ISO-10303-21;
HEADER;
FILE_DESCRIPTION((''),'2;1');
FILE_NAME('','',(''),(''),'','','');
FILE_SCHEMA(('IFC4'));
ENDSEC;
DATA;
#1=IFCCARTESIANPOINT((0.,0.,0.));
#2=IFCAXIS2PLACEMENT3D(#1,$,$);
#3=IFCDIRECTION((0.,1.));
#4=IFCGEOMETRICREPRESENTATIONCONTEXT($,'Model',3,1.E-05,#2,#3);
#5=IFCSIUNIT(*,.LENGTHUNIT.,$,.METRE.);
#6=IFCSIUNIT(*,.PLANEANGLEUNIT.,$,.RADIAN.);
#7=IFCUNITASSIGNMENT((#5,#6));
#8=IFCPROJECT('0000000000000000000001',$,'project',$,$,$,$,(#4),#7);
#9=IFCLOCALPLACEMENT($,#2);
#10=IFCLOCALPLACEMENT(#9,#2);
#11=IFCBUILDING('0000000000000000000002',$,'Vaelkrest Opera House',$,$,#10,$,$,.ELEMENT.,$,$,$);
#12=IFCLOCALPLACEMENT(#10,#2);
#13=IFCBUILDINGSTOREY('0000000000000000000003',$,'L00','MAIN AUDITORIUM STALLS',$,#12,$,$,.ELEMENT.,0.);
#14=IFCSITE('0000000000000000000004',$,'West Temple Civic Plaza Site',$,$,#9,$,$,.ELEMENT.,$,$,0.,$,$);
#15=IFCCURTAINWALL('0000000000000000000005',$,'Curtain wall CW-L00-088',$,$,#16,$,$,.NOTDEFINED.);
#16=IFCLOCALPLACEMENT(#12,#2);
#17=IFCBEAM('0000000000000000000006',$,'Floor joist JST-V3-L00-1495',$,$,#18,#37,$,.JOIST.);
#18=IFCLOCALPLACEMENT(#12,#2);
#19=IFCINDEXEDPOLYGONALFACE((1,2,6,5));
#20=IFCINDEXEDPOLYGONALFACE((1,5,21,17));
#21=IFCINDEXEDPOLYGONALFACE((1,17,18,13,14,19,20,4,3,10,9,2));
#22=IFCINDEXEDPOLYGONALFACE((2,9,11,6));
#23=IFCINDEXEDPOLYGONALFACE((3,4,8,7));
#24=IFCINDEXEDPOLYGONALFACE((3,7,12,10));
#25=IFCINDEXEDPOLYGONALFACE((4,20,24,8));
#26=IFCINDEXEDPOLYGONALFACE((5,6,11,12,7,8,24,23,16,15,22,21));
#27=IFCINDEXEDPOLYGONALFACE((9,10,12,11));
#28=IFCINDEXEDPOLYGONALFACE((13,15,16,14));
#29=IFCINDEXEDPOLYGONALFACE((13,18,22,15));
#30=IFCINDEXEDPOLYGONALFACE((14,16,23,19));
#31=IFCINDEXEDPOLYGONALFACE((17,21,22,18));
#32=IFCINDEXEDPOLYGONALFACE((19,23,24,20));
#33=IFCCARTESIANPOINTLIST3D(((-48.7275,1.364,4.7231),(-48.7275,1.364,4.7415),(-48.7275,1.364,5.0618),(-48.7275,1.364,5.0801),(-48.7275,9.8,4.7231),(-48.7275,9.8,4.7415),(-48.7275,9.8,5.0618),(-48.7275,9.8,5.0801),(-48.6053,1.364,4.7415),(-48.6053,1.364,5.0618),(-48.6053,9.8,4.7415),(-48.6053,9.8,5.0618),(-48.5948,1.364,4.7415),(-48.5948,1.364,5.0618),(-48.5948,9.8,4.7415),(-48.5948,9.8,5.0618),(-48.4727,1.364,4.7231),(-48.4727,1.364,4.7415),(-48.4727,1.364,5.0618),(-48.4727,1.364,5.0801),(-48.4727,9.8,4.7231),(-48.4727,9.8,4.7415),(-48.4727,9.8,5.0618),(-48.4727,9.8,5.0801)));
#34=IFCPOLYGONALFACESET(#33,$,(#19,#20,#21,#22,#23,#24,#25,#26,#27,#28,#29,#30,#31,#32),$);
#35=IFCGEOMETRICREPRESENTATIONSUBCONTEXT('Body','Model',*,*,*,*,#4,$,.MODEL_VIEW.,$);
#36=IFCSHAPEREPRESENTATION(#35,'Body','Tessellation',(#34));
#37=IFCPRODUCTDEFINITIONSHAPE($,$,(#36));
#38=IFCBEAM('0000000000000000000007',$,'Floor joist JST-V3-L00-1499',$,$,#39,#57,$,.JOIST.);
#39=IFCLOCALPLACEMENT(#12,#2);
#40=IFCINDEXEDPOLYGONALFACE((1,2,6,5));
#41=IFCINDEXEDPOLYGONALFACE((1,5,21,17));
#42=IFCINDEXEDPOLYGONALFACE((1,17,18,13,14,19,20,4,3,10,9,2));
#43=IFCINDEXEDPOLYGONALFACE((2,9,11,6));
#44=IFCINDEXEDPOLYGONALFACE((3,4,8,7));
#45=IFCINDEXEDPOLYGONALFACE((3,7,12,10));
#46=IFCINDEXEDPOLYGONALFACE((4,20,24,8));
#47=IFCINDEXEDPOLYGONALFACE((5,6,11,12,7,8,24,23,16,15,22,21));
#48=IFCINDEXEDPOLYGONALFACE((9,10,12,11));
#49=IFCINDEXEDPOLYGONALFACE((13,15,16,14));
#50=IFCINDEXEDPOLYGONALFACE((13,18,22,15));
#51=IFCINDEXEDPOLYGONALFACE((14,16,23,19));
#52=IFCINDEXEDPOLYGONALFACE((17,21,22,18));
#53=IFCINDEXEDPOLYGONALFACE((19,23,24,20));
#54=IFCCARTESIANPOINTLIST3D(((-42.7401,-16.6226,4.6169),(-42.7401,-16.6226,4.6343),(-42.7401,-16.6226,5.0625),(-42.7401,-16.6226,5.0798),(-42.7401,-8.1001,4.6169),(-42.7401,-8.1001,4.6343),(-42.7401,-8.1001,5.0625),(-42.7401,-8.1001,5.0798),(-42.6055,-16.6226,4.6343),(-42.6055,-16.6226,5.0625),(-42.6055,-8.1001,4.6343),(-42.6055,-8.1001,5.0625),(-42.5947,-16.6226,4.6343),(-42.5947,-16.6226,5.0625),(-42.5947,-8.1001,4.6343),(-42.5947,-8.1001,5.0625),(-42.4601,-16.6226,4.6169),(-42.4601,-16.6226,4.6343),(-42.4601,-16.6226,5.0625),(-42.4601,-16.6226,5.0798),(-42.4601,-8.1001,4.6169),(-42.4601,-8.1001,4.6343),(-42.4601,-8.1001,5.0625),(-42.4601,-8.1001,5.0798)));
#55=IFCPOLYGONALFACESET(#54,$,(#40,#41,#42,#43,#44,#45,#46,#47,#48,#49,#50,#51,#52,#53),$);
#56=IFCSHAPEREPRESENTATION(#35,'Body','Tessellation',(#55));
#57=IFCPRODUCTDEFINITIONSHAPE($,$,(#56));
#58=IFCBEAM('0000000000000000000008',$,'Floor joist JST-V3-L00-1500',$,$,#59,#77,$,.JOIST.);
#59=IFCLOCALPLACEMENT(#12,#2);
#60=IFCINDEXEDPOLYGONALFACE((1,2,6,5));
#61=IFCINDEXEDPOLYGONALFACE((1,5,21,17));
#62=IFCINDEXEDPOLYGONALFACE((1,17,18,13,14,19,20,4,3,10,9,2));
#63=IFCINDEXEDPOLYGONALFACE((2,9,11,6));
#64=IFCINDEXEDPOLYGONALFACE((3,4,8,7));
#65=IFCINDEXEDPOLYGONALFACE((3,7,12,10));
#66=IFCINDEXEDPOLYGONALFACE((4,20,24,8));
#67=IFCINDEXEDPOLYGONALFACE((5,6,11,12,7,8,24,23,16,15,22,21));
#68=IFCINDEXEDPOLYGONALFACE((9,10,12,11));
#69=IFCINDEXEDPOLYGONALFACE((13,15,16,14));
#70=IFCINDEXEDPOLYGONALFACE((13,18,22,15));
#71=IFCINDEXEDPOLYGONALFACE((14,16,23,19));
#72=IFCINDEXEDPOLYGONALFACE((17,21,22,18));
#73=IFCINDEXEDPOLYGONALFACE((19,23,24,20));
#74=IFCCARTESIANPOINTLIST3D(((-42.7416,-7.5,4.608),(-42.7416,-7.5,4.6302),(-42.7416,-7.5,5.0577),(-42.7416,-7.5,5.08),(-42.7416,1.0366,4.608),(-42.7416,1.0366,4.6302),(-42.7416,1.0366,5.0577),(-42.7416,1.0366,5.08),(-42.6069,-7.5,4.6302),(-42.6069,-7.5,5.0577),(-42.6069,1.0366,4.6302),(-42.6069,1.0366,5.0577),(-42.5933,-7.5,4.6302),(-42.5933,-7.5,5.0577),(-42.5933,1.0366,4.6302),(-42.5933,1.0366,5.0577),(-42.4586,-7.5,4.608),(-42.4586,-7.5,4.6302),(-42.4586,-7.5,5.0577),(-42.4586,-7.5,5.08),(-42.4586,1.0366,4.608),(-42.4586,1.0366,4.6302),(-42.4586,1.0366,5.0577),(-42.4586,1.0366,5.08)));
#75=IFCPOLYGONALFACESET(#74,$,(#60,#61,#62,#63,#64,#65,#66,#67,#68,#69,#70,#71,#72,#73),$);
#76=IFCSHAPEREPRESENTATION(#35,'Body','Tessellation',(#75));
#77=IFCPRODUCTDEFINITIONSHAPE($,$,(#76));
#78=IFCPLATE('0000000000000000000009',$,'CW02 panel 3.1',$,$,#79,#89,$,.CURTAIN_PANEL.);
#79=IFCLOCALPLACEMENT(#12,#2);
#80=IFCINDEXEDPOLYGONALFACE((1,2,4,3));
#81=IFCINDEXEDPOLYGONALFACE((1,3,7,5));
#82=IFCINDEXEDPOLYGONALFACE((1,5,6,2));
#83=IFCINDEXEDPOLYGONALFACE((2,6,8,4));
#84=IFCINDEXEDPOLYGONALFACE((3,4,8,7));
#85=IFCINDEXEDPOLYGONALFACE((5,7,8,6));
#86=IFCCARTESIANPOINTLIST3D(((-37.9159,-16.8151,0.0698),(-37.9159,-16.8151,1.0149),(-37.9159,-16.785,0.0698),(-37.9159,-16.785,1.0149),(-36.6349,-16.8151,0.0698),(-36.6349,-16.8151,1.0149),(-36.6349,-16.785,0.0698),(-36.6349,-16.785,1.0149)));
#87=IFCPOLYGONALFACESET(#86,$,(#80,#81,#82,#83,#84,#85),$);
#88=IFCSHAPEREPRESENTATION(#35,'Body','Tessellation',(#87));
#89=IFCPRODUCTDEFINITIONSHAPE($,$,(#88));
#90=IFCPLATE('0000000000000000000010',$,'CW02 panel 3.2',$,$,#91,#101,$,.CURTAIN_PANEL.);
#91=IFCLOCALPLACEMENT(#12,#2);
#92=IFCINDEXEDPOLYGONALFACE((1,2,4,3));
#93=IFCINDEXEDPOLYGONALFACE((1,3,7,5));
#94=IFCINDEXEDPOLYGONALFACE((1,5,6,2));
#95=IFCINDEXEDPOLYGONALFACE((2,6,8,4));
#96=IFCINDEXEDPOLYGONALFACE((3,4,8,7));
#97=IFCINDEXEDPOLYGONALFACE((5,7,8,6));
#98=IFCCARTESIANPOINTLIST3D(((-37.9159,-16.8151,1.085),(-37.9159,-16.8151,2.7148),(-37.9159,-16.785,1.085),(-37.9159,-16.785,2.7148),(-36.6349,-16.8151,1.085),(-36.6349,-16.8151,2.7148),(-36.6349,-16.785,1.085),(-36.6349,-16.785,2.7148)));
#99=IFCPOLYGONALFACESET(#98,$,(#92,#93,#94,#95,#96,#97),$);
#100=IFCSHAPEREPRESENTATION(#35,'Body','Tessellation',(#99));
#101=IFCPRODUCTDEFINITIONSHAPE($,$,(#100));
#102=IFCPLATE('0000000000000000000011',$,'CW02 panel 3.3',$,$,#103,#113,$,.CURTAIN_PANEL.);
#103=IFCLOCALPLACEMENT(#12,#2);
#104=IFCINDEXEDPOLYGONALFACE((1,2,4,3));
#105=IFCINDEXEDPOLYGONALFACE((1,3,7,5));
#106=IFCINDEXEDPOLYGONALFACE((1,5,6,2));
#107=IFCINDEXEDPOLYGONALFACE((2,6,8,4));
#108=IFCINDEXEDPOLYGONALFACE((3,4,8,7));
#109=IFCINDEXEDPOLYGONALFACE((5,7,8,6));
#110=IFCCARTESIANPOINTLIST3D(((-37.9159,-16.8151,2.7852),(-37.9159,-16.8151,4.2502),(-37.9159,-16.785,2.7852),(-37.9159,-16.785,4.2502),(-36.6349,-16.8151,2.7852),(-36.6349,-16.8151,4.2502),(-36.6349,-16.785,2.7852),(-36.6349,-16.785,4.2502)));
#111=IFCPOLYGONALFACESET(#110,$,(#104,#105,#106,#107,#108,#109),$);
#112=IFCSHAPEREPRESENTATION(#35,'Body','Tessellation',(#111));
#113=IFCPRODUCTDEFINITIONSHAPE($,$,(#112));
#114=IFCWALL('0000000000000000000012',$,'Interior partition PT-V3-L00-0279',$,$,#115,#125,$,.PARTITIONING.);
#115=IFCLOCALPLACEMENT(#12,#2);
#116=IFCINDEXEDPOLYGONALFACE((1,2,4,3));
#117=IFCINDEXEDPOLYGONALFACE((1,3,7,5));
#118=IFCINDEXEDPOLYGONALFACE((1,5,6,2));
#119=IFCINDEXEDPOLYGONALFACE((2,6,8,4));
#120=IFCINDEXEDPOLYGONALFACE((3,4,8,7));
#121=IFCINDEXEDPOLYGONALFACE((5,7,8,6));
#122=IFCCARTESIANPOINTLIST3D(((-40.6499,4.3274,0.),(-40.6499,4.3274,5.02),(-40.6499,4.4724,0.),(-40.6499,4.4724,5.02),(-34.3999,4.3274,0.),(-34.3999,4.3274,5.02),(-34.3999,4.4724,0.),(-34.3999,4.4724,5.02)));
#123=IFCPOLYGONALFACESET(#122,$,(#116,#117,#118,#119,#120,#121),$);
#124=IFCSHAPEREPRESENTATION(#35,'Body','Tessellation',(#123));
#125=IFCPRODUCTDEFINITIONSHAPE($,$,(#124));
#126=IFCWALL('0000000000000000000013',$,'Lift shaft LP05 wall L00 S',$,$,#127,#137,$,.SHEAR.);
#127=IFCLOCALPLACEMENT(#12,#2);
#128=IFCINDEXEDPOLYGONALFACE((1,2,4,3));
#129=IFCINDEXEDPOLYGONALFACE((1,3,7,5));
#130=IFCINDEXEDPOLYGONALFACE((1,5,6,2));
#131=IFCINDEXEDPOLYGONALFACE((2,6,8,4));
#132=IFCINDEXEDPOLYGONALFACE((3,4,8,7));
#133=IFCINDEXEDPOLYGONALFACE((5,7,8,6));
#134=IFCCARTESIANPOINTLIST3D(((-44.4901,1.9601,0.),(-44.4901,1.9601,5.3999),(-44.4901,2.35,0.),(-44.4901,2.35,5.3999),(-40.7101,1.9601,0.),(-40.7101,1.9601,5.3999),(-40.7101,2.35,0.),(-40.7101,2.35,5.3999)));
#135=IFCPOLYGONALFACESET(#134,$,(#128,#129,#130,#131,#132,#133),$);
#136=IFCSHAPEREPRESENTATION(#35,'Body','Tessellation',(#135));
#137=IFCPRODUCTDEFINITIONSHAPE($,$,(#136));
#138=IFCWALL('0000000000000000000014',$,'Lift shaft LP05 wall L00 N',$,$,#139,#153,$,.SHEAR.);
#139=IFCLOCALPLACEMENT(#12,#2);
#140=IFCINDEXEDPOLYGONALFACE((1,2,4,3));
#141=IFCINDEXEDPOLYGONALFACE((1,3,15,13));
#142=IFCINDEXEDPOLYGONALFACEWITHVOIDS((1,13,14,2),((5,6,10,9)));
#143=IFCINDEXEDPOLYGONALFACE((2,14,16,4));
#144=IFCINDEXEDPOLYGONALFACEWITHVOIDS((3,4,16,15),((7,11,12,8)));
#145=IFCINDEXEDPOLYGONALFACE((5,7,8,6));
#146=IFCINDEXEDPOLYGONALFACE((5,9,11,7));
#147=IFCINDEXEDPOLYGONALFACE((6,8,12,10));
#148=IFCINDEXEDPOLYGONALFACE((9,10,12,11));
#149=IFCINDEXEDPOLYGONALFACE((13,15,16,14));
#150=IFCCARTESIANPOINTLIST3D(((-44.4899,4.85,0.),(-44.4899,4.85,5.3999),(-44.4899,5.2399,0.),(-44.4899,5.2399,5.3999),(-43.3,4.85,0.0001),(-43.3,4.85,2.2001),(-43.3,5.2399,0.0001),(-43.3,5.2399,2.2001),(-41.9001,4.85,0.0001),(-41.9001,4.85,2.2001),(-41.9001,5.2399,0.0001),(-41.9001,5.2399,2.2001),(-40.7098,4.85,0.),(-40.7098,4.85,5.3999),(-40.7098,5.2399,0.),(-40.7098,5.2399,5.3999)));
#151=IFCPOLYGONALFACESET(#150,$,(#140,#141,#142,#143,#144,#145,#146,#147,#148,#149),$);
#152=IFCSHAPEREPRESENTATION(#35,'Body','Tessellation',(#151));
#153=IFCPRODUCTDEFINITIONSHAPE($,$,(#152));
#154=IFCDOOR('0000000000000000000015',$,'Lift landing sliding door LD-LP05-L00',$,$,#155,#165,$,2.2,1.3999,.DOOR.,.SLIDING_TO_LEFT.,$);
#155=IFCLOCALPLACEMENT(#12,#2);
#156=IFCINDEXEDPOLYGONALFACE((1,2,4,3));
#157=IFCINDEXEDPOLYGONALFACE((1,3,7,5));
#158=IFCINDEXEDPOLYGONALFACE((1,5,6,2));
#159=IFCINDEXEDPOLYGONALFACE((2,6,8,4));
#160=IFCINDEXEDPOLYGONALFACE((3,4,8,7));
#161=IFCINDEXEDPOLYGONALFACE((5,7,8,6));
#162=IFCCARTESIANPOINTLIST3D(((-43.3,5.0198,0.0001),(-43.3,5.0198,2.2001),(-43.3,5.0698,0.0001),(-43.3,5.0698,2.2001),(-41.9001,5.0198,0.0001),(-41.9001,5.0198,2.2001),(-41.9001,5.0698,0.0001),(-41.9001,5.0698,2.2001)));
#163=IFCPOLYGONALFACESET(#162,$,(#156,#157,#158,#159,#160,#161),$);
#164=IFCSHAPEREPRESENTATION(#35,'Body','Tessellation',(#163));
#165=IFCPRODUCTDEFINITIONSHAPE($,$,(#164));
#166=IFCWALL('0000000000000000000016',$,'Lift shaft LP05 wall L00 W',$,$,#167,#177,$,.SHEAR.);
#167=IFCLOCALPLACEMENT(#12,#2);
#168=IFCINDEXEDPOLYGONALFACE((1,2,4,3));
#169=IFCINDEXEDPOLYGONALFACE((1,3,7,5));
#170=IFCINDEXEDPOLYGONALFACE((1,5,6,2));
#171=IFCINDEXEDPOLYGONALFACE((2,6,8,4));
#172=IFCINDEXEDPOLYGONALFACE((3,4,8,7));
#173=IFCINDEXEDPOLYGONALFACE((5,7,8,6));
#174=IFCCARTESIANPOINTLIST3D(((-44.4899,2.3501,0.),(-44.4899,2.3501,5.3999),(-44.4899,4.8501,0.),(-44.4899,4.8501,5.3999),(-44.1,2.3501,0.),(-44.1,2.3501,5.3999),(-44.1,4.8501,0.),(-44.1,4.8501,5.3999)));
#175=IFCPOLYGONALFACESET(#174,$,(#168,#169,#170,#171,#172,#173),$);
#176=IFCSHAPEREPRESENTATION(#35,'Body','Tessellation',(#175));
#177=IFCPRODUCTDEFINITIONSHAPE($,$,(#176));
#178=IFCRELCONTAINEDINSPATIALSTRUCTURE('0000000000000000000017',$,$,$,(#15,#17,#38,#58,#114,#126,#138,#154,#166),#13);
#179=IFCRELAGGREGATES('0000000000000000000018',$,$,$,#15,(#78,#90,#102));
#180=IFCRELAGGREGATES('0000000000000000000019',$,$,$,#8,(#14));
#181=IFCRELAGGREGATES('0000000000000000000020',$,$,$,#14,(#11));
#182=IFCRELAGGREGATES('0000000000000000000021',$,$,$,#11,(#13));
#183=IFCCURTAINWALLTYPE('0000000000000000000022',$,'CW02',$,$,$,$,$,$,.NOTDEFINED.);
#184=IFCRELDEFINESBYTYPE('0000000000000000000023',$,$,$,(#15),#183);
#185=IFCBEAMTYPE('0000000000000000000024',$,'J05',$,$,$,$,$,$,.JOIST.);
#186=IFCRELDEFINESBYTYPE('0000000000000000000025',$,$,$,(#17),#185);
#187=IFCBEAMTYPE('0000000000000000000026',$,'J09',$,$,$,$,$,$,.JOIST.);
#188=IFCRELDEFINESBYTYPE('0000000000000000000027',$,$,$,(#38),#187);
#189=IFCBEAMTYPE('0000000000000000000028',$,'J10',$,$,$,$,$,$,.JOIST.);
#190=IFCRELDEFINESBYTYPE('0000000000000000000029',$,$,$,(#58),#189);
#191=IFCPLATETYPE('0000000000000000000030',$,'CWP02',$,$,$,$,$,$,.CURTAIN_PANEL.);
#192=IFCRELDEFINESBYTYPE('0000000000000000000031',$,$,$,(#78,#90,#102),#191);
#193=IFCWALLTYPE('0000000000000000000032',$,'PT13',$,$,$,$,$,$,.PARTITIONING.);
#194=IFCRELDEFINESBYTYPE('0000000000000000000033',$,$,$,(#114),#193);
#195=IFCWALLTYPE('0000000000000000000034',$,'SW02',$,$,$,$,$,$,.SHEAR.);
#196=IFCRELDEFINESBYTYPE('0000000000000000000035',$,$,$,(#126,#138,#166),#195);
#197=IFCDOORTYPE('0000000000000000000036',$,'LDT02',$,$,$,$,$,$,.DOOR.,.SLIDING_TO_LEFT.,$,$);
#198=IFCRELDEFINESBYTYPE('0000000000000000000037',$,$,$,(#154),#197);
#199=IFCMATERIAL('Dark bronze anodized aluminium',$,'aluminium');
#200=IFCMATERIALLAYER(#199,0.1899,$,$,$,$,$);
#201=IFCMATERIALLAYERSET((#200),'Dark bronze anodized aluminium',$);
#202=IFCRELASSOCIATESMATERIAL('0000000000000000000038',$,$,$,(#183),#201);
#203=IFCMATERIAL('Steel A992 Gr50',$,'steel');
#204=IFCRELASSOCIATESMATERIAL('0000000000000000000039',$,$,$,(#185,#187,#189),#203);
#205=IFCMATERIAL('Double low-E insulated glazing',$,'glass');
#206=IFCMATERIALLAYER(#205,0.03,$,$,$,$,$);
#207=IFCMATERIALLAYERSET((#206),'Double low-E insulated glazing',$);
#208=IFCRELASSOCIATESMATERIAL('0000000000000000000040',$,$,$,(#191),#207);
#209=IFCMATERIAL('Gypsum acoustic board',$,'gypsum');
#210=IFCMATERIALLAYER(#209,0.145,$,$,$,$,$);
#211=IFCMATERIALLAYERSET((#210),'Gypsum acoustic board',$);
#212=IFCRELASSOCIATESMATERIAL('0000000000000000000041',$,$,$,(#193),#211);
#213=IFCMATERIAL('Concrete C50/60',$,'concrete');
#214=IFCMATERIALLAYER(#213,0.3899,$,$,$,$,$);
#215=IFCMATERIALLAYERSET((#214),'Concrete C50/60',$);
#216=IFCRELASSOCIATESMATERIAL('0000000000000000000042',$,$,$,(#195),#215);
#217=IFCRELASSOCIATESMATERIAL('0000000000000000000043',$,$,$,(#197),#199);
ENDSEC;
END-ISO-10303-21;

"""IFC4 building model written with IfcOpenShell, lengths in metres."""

from ifc_helpers import new_model, si_unit, direction, frame, frame_2d, origin, origin_2d, place, context, subcontext, project, spatial, rectangle, i_section, extrude, material, layer, layer_set, material_profile, profile_set, type_object, element, fill, aggregate, save


model = new_model("IFC4")

# Units and contexts
model_context = context("Model", 3, precision=1e-05, world=origin(), true_north=direction((0.0, 1.0)))
body_context = subcontext(model_context, "Body", "Model", "MODEL_VIEW")
ifc_project = project(units=[si_unit("LENGTHUNIT", "METRE"), si_unit("PLANEANGLEUNIT", "RADIAN")], contexts=[model_context])

# Site, building, storey
site_placement = place(None, origin())
site = spatial("IfcSite", under=ifc_project, at=site_placement, Name="West Temple Civic Plaza Site", CompositionType="ELEMENT", RefElevation=0.0)
building_placement = place(site_placement, origin())
building = spatial("IfcBuilding", under=site, at=building_placement, Name="Vaelkrest Opera House", CompositionType="ELEMENT")
storey_placement = place(building_placement, origin())
storey = spatial("IfcBuildingStorey", under=building, at=storey_placement, Name="L00", Description="MAIN AUDITORIUM STALLS", CompositionType="ELEMENT", Elevation=0.0)

# Shared definitions
ifc_material_1 = material(Name="Concrete C50/60", Category="concrete")

# Shared definitions
ifc_material_2 = material(Name="Steel A992 Gr50", Category="steel")

# Curtain wall
ifc_material_3 = material(Name="Dark bronze anodized aluminium", Category="aluminium")
ifc_layer_1 = layer(ifc_material_3, 0.1899)
ifc_layer_set_1 = layer_set([ifc_layer_1], Name="Dark bronze anodized aluminium")
curtain_wall_type = type_object("IfcCurtainWallType", Name="CW02", PredefinedType="NOTDEFINED", material=ifc_layer_set_1)
curtain_wall_placement = place(storey_placement, origin())
curtain_wall = element("IfcCurtainWall", 1, at=curtain_wall_placement, inside=storey, type_object=curtain_wall_type, Name="Curtain wall CW-L00-088", PredefinedType="NOTDEFINED")

# Beams
ifc_material_profile_1 = material_profile(ifc_material_2, i_section(OverallWidth=0.2549, OverallDepth=0.3569, WebThickness=0.0105, FlangeThickness=0.0183, at=origin_2d()), Name="W14X68")
ifc_profile_set_1 = profile_set([ifc_material_profile_1], Name="Steel A992 Gr50")
beam_type_1 = type_object("IfcBeamType", Name="J05", PredefinedType="JOIST", material=ifc_profile_set_1)
beam_1_placement = place(storey_placement, frame((-48.6001, 1.364, 4.9016), z_axis=(0.0, 1.0, 0.0), x_axis=(-1.0, 0.0, 0.0)))
element("IfcBeam", 2, at=beam_1_placement, inside=storey, type_object=beam_type_1, Name="Floor joist JST-V3-L00-1495", PredefinedType="JOIST", context=body_context, shape_type="SweptSolid", body=[
    extrude(i_section(OverallWidth=0.2549, OverallDepth=0.3569, WebThickness=0.0105, FlangeThickness=0.0183, at=origin_2d()), origin(), (0.0, 0.0, 1.0), 8.436),
])
ifc_material_profile_2 = material_profile(ifc_material_2, i_section(OverallWidth=0.28, OverallDepth=0.4629, WebThickness=0.0107, FlangeThickness=0.0173, at=origin_2d()), Name="W18X76")
ifc_profile_set_2 = profile_set([ifc_material_profile_2], Name="Steel A992 Gr50")
beam_type_2 = type_object("IfcBeamType", Name="J09", PredefinedType="JOIST", material=ifc_profile_set_2)
beam_2_placement = place(storey_placement, frame((-42.6001, -16.6226, 4.8484), z_axis=(0.0, 1.0, 0.0), x_axis=(-1.0, 0.0, 0.0)))
element("IfcBeam", 3, at=beam_2_placement, inside=storey, type_object=beam_type_2, Name="Floor joist JST-V3-L00-1499", PredefinedType="JOIST", context=body_context, shape_type="SweptSolid", body=[
    extrude(i_section(OverallWidth=0.28, OverallDepth=0.4629, WebThickness=0.0107, FlangeThickness=0.0173, at=origin_2d()), origin(), (0.0, 0.0, 1.0), 8.5225),
])
ifc_material_profile_3 = material_profile(ifc_material_2, i_section(OverallWidth=0.283, OverallDepth=0.4719, WebThickness=0.0137, FlangeThickness=0.0222, at=origin_2d()), Name="W18X97")
ifc_profile_set_3 = profile_set([ifc_material_profile_3], Name="Steel A992 Gr50")
beam_type_3 = type_object("IfcBeamType", Name="J10", PredefinedType="JOIST", material=ifc_profile_set_3)
beam_3_placement = place(storey_placement, frame((-42.6001, -7.5, 4.844), z_axis=(0.0, 1.0, 0.0), x_axis=(-1.0, 0.0, 0.0)))
element("IfcBeam", 4, at=beam_3_placement, inside=storey, type_object=beam_type_3, Name="Floor joist JST-V3-L00-1500", PredefinedType="JOIST", context=body_context, shape_type="SweptSolid", body=[
    extrude(i_section(OverallWidth=0.283, OverallDepth=0.4719, WebThickness=0.0137, FlangeThickness=0.0222, at=origin_2d()), origin(), (0.0, 0.0, 1.0), 8.5366),
])

# Plates
ifc_material_4 = material(Name="Double low-E insulated glazing", Category="glass")
ifc_layer_2 = layer(ifc_material_4, 0.03)
ifc_layer_set_2 = layer_set([ifc_layer_2], Name="Double low-E insulated glazing")
plate_type = type_object("IfcPlateType", Name="CWP02", PredefinedType="CURTAIN_PANEL", material=ifc_layer_set_2)
plate_1_placement = place(storey_placement, frame((-37.2754, -16.8, 0.0698), z_axis=(0.0, 0.0, 1.0), x_axis=(-1.0, 0.0, 0.0)))
plate_1 = element("IfcPlate", 5, at=plate_1_placement, type_object=plate_type, Name="CW02 panel 3.1", PredefinedType="CURTAIN_PANEL", context=body_context, shape_type="SweptSolid", body=[
    extrude(rectangle(XDim=1.281, YDim=0.03, at=origin_2d()), origin(), (0.0, 0.0, 1.0), 0.9451),
])
plate_2_placement = place(storey_placement, frame((-37.2754, -16.8, 1.085), z_axis=(0.0, 0.0, 1.0), x_axis=(-1.0, 0.0, 0.0)))
plate_2 = element("IfcPlate", 6, at=plate_2_placement, type_object=plate_type, Name="CW02 panel 3.2", PredefinedType="CURTAIN_PANEL", context=body_context, shape_type="SweptSolid", body=[
    extrude(rectangle(XDim=1.281, YDim=0.03, at=origin_2d()), origin(), (0.0, 0.0, 1.0), 1.6299),
])
plate_3_placement = place(storey_placement, frame((-37.2754, -16.8, 2.7852), z_axis=(0.0, 0.0, 1.0), x_axis=(-1.0, 0.0, 0.0)))
plate_3 = element("IfcPlate", 7, at=plate_3_placement, type_object=plate_type, Name="CW02 panel 3.3", PredefinedType="CURTAIN_PANEL", context=body_context, shape_type="SweptSolid", body=[
    extrude(rectangle(XDim=1.281, YDim=0.03, at=origin_2d()), origin(), (0.0, 0.0, 1.0), 1.4651),
])
aggregate(curtain_wall, [plate_1, plate_2, plate_3])

# Walls
ifc_material_5 = material(Name="Gypsum acoustic board", Category="gypsum")
ifc_layer_3 = layer(ifc_material_5, 0.145)
ifc_layer_set_3 = layer_set([ifc_layer_3], Name="Gypsum acoustic board")
wall_type_1 = type_object("IfcWallType", Name="PT13", PredefinedType="PARTITIONING", material=ifc_layer_set_3)
wall_1_placement = place(storey_placement, frame((-40.6499, 4.3999, 0.0), z_axis=(0.0, 0.0, 1.0), x_axis=(1.0, 0.0, 0.0)))
element("IfcWall", 8, at=wall_1_placement, inside=storey, type_object=wall_type_1, Name="Interior partition PT-V3-L00-0279", PredefinedType="PARTITIONING", context=body_context, shape_type="SweptSolid", body=[
    extrude(rectangle(XDim=6.25, YDim=0.145, at=frame_2d((3.125, 0.0))), origin(), (0.0, 0.0, 1.0), 5.02),
])
ifc_layer_4 = layer(ifc_material_1, 0.3899)
ifc_layer_set_4 = layer_set([ifc_layer_4], Name="Concrete C50/60")
wall_type_2 = type_object("IfcWallType", Name="SW02", PredefinedType="SHEAR", material=ifc_layer_set_4)
wall_2_placement = place(storey_placement, frame((-40.71, 2.155, 0.0), z_axis=(0.0, 0.0, 1.0), x_axis=(-1.0, 0.0, 0.0)))
element("IfcWall", 9, at=wall_2_placement, inside=storey, type_object=wall_type_2, Name="Lift shaft LP05 wall L00 S", PredefinedType="SHEAR", context=body_context, shape_type="SweptSolid", body=[
    extrude(rectangle(XDim=3.78, YDim=0.3899, at=frame_2d((1.8901, 0.0))), origin(), (0.0, 0.0, 1.0), 5.3999),
])

# Wall, opening, door
wall_3_placement = place(storey_placement, frame((-44.49, 5.0449, 0.0), z_axis=(0.0, 0.0, 1.0), x_axis=(1.0, 0.0, 0.0)))
wall_3 = element("IfcWall", 10, at=wall_3_placement, inside=storey, type_object=wall_type_2, Name="Lift shaft LP05 wall L00 N", PredefinedType="SHEAR", context=body_context, shape_type="SweptSolid", body=[
    extrude(rectangle(XDim=3.78, YDim=0.3899, at=frame_2d((1.8901, 0.0))), origin(), (0.0, 0.0, 1.0), 5.3999),
])
opening_1_placement = place(wall_3_placement, frame((1.1899, 0.0, 0.0)))
opening_1 = element("IfcOpeningElement", 11, at=opening_1_placement, cuts=wall_3, PredefinedType="OPENING", context=body_context, shape_type="SweptSolid", body=[
    extrude(rectangle(XDim=1.3999, YDim=2.2, at=frame_2d((0.7, 1.1001))), frame((0.0, 0.2048, 0.0), z_axis=(0.0, -1.0, 0.0), x_axis=(1.0, 0.0, 0.0)), (0.0, 0.0, 1.0), 0.4099),
])
door_type_1 = type_object("IfcDoorType", Name="LDT02", OperationType="SLIDING_TO_LEFT", PredefinedType="DOOR", material=ifc_material_3)
door_1_placement = place(opening_1_placement, origin())
door_1 = element("IfcDoor", 12, at=door_1_placement, inside=storey, type_object=door_type_1, Name="Lift landing sliding door LD-LP05-L00", OperationType="SLIDING_TO_LEFT", OverallHeight=2.2, OverallWidth=1.3999, PredefinedType="DOOR", context=body_context, shape_type="SweptSolid", body=[
    extrude(rectangle(XDim=1.3999, YDim=2.2, at=frame_2d((0.7, 1.1001))), frame((0.0, 0.0249, 0.0), z_axis=(0.0, -1.0, 0.0), x_axis=(1.0, 0.0, 0.0)), (0.0, 0.0, 1.0), 0.05),
])
fill(opening_1, door_1)

# Wall
for number, where, z_axis, x_axis, name in (
    (13, (-44.2949, 2.3501, 0.0), (0.0, 0.0, 1.0), (0.0, 1.0, 0.0), "Lift shaft LP05 wall L00 W"),
):
    element("IfcWall", number, at=place(storey_placement, frame(where, z_axis=z_axis, x_axis=x_axis)), inside=storey, type_object=wall_type_2, Name=name, PredefinedType="SHEAR", context=body_context, shape_type="SweptSolid", body=[
        extrude(rectangle(XDim=2.5, YDim=0.3899, at=frame_2d((1.25, 0.0))), origin(), (0.0, 0.0, 1.0), 5.3999),
    ])

save(model, "model.ifc")
